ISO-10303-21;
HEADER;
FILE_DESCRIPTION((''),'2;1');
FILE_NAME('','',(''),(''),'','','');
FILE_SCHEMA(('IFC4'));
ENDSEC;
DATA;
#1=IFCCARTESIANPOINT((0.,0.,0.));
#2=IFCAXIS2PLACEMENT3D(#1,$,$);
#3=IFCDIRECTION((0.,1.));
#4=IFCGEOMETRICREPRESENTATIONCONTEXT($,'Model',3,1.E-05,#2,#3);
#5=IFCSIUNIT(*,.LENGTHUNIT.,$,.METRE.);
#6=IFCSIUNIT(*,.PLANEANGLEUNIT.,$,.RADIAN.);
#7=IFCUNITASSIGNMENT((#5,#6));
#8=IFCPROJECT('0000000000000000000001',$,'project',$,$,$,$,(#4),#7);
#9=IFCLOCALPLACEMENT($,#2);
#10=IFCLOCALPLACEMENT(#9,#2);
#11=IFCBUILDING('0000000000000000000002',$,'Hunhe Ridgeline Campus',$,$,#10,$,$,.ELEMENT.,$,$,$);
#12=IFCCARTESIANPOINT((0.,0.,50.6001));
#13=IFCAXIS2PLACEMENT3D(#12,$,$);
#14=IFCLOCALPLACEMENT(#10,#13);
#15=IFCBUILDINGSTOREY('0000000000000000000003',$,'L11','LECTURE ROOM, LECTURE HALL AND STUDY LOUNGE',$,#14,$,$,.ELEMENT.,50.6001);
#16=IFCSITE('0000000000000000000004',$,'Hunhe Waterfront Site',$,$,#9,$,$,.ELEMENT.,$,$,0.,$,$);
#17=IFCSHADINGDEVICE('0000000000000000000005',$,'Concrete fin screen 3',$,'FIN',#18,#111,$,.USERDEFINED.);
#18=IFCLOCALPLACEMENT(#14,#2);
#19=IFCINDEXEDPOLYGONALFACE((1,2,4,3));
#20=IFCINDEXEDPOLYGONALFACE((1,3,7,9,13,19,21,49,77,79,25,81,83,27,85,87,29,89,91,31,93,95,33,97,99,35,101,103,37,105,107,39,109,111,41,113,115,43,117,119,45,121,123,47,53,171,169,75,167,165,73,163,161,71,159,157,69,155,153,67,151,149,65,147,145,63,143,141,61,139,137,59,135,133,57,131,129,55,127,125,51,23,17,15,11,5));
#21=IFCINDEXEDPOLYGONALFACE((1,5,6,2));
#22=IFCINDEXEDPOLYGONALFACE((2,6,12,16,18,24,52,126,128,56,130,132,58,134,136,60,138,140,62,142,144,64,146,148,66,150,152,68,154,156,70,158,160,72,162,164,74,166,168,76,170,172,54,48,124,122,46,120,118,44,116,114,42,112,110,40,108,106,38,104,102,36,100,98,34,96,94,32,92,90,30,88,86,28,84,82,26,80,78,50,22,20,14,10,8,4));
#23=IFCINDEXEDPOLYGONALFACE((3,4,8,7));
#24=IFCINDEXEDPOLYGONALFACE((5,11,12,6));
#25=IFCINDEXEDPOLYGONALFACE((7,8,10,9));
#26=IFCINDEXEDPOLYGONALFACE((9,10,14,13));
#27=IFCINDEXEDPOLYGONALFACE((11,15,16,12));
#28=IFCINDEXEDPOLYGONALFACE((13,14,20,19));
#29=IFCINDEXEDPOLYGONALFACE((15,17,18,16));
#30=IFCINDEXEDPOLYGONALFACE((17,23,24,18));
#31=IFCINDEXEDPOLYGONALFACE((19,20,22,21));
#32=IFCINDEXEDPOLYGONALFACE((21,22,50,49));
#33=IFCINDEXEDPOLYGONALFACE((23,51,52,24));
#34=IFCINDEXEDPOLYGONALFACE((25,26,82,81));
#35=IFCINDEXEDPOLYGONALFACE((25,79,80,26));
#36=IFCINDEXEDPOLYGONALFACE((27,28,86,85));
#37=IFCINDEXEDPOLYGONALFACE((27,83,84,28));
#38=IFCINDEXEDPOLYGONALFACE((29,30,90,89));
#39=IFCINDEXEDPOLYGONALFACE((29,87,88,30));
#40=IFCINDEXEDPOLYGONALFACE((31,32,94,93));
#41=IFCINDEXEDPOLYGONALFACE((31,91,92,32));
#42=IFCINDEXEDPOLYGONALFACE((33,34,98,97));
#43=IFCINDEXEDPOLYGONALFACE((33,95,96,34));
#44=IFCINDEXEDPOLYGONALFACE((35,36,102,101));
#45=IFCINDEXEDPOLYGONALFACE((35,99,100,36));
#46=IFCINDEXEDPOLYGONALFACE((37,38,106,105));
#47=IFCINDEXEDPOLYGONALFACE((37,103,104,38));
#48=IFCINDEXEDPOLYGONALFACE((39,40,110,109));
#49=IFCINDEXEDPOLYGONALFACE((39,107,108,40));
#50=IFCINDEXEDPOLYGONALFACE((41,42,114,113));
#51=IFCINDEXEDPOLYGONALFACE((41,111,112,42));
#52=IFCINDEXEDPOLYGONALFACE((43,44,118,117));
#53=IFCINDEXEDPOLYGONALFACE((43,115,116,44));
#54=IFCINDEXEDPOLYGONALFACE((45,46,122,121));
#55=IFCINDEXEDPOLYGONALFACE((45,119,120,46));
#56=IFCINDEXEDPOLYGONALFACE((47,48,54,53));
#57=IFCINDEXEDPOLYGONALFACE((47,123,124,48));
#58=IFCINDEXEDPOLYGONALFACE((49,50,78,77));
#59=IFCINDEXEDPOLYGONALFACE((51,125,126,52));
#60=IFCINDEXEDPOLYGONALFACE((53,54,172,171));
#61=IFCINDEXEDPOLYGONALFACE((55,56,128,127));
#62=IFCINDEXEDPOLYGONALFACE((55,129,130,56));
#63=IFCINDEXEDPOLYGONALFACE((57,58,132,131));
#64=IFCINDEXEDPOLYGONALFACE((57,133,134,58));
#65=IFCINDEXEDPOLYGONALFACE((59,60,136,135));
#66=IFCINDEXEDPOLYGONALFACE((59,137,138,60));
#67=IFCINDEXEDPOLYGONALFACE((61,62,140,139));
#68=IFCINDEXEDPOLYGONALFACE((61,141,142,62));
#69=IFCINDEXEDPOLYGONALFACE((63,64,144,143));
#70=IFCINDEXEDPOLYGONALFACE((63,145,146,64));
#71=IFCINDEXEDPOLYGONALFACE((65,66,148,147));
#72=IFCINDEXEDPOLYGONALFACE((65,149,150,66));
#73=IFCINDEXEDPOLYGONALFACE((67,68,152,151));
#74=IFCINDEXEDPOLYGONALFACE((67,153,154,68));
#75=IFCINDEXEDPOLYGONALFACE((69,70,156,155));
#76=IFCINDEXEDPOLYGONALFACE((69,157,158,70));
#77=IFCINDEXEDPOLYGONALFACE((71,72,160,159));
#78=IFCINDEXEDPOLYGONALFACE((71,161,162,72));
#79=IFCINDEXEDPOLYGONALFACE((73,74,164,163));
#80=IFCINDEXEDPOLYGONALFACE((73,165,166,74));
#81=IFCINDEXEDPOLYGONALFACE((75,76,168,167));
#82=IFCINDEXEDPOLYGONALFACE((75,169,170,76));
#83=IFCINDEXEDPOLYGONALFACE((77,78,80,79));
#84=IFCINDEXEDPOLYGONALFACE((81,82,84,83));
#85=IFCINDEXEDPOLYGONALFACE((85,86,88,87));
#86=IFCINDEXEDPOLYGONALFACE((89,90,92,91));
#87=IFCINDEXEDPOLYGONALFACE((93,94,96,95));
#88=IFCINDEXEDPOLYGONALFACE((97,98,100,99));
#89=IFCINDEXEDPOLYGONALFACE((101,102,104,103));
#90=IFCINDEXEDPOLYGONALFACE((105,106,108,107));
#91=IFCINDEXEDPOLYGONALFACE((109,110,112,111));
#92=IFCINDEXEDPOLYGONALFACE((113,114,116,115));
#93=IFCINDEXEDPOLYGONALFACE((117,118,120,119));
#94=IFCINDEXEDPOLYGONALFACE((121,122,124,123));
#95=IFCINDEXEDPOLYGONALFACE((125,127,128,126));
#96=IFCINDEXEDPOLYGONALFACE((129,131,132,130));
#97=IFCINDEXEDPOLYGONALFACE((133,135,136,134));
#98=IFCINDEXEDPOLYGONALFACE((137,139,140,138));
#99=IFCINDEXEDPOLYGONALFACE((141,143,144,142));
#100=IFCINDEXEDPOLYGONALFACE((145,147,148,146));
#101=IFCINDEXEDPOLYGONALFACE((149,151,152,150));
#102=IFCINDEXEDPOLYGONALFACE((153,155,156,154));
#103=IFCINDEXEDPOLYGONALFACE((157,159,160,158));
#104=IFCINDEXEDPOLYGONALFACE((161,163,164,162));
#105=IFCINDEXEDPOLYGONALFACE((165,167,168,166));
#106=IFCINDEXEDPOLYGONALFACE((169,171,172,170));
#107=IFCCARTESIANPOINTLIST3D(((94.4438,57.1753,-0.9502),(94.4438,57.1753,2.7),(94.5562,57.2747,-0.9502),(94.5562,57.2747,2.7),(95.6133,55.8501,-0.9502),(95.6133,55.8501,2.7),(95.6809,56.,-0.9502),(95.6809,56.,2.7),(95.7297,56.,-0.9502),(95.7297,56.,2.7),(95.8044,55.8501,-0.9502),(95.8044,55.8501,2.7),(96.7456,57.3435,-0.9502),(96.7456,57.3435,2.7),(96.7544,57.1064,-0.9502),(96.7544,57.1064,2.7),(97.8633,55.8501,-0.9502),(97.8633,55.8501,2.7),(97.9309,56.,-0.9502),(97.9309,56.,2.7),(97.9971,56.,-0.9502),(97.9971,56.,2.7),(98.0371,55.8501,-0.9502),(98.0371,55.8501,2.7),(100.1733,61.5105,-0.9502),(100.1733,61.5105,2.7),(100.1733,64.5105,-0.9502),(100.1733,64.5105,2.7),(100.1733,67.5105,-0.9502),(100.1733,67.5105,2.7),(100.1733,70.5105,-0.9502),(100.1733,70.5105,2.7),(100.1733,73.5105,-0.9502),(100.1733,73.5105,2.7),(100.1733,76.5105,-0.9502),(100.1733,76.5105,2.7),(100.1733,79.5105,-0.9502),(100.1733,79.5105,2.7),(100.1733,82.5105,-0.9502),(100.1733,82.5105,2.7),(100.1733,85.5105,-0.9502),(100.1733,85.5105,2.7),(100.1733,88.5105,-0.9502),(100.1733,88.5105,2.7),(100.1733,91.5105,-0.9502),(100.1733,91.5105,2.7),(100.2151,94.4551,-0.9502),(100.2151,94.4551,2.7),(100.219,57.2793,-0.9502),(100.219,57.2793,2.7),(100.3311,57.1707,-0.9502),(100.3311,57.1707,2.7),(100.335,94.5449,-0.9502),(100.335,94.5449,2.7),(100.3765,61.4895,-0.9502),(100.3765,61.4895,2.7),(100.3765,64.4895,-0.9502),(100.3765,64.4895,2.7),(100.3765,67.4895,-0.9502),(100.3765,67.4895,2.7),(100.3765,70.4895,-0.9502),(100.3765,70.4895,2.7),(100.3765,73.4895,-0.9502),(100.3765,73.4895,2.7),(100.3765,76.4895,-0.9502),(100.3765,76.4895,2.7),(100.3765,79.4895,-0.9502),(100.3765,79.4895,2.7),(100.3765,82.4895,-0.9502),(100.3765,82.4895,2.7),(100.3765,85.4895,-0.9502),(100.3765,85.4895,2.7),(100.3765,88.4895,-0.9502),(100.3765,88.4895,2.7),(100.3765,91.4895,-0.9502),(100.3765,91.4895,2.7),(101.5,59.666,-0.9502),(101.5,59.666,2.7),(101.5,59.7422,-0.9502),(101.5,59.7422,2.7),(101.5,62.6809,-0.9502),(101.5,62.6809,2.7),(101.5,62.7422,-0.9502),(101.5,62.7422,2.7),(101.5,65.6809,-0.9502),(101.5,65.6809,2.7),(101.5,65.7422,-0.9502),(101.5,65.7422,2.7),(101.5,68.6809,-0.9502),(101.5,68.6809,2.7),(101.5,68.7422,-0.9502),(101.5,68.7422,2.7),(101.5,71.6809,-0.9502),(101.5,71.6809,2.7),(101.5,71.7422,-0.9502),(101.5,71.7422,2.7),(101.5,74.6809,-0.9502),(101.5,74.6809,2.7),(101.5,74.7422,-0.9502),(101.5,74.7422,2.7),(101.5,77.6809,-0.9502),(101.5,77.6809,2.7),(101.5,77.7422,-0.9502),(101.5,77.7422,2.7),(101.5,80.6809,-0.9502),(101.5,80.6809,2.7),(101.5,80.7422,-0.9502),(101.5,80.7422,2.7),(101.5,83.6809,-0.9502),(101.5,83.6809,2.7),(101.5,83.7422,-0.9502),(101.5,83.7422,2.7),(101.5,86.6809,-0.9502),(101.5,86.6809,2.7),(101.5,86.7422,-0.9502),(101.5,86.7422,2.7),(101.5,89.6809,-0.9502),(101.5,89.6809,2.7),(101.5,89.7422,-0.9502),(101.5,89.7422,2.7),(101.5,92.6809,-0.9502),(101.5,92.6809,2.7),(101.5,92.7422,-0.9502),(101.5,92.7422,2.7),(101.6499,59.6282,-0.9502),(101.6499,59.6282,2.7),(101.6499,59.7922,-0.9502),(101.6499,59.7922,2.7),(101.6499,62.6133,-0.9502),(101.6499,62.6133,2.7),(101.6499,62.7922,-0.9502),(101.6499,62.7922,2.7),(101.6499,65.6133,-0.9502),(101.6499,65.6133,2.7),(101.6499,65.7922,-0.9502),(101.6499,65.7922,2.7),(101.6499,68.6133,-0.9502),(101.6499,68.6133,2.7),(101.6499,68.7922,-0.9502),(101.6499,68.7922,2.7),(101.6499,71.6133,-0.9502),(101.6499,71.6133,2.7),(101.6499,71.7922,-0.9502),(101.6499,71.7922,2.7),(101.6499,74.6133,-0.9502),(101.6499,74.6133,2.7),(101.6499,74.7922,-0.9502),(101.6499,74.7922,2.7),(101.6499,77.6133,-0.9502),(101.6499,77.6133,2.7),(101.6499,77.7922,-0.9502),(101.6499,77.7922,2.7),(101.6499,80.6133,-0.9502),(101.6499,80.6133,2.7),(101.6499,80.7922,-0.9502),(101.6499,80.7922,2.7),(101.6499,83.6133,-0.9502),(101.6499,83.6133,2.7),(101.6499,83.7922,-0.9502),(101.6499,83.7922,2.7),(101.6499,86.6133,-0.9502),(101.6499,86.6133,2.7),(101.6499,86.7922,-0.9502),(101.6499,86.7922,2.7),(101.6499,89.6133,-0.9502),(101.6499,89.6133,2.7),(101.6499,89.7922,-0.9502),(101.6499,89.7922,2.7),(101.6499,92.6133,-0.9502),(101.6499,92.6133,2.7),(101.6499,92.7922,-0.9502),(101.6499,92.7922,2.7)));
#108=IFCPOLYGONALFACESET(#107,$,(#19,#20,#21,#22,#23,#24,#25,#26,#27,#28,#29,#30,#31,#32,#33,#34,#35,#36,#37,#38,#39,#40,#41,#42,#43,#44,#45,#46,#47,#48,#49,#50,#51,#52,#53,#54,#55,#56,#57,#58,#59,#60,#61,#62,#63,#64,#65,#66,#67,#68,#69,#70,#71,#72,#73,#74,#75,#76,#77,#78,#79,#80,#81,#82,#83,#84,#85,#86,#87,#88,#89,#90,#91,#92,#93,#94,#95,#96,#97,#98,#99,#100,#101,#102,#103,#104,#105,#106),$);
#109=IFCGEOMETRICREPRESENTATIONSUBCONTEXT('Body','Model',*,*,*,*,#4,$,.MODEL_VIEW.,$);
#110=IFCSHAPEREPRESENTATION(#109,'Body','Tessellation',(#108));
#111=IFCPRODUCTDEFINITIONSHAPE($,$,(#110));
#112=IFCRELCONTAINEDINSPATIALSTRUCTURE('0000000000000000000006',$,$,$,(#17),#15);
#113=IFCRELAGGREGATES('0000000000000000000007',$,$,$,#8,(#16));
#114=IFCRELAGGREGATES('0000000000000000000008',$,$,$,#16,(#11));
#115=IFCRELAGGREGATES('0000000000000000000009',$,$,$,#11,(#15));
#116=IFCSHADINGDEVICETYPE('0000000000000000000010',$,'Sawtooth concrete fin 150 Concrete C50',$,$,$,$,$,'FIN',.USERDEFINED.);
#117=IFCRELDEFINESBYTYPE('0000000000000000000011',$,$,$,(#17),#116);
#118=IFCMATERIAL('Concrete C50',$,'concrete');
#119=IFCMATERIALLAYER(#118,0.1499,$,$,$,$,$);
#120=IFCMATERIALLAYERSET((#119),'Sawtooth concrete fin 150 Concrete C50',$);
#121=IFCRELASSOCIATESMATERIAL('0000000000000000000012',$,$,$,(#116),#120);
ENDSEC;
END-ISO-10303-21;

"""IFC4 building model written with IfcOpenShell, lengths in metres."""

from ifc_helpers import new_model, si_unit, direction, frame, origin, place, context, subcontext, project, spatial, polyline, outline, extrude, material, layer, layer_set, type_object, element, save


model = new_model("IFC4")

# Units and contexts
model_context = context("Model", 3, precision=1e-05, world=origin(), true_north=direction((0.0, 1.0)))
body_context = subcontext(model_context, "Body", "Model", "MODEL_VIEW")
ifc_project = project(units=[si_unit("LENGTHUNIT", "METRE"), si_unit("PLANEANGLEUNIT", "RADIAN")], contexts=[model_context])

# Site, building, storey
site_placement = place(None, origin())
site = spatial("IfcSite", under=ifc_project, at=site_placement, Name="Hunhe Waterfront Site", CompositionType="ELEMENT", RefElevation=0.0)
building_placement = place(site_placement, origin())
building = spatial("IfcBuilding", under=site, at=building_placement, Name="Hunhe Ridgeline Campus", CompositionType="ELEMENT")
storey_placement = place(building_placement, frame((0.0, 0.0, 50.6001)))
storey = spatial("IfcBuildingStorey", under=building, at=storey_placement, Name="L11", Description="LECTURE ROOM, LECTURE HALL AND STUDY LOUNGE", CompositionType="ELEMENT", Elevation=50.6001)

# Shading device
ifc_material_1 = material(Name="Concrete C50", Category="concrete")
ifc_layer_1 = layer(ifc_material_1, 0.1499)
ifc_layer_set_1 = layer_set([ifc_layer_1], Name="Sawtooth concrete fin 150 Concrete C50")
shading_device_type = type_object("IfcShadingDeviceType", Name="Sawtooth concrete fin 150 Concrete C50", ElementType="FIN", PredefinedType="USERDEFINED", material=ifc_layer_set_1)
shading_device_1_placement = place(storey_placement, frame((0.0, 0.0, -0.9502)))
element("IfcShadingDevice", 1, at=shading_device_1_placement, inside=storey, type_object=shading_device_type, Name="Concrete fin screen 3", ObjectType="FIN", PredefinedType="USERDEFINED", context=body_context, shape_type="SweptSolid", body=[
    extrude(outline(polyline([(94.5562, 57.2747), (94.4438, 57.1753), (95.6133, 55.8501), (95.8044, 55.8501), (96.7544, 57.1064), (97.8633, 55.8501), (98.0371, 55.8501), (100.3311, 57.1707), (101.6499, 59.6282), (101.6499, 59.7922), (100.3765, 61.4895), (101.6499, 62.6133), (101.6499, 62.7922), (100.3765, 64.4895), (101.6499, 65.6133), (101.6499, 65.7922), (100.3765, 67.4895), (101.6499, 68.6133), (101.6499, 68.7922), (100.3765, 70.4895), (101.6499, 71.6133), (101.6499, 71.7922), (100.3765, 73.4895), (101.6499, 74.6133), (101.6499, 74.7922), (100.3765, 76.4895), (101.6499, 77.6133), (101.6499, 77.7922), (100.3765, 79.4895), (101.6499, 80.6133), (101.6499, 80.7922), (100.3765, 82.4895), (101.6499, 83.6133), (101.6499, 83.7922), (100.3765, 85.4895), (101.6499, 86.6133), (101.6499, 86.7922), (100.3765, 88.4895), (101.6499, 89.6133), (101.6499, 89.7922), (100.3765, 91.4895), (101.6499, 92.6133), (101.6499, 92.7922), (100.335, 94.5449), (100.2151, 94.4551), (101.5, 92.7422), (101.5, 92.6809), (100.1733, 91.5105), (101.5, 89.7422), (101.5, 89.6809), (100.1733, 88.5105), (101.5, 86.7422), (101.5, 86.6809), (100.1733, 85.5105), (101.5, 83.7422), (101.5, 83.6809), (100.1733, 82.5105), (101.5, 80.7422), (101.5, 80.6809), (100.1733, 79.5105), (101.5, 77.7422), (101.5, 77.6809), (100.1733, 76.5105), (101.5, 74.7422), (101.5, 74.6809), (100.1733, 73.5105), (101.5, 71.7422), (101.5, 71.6809), (100.1733, 70.5105), (101.5, 68.7422), (101.5, 68.6809), (100.1733, 67.5105), (101.5, 65.7422), (101.5, 65.6809), (100.1733, 64.5105), (101.5, 62.7422), (101.5, 62.6809), (100.1733, 61.5105), (101.5, 59.7422), (101.5, 59.666), (100.219, 57.2793), (97.9971, 56.0), (97.9309, 56.0), (96.7456, 57.3435), (95.7297, 56.0), (95.6809, 56.0), (94.5562, 57.2747)])), origin(), (0.0, 0.0, 1.0), 3.6501),
])

save(model, "model.ifc")
